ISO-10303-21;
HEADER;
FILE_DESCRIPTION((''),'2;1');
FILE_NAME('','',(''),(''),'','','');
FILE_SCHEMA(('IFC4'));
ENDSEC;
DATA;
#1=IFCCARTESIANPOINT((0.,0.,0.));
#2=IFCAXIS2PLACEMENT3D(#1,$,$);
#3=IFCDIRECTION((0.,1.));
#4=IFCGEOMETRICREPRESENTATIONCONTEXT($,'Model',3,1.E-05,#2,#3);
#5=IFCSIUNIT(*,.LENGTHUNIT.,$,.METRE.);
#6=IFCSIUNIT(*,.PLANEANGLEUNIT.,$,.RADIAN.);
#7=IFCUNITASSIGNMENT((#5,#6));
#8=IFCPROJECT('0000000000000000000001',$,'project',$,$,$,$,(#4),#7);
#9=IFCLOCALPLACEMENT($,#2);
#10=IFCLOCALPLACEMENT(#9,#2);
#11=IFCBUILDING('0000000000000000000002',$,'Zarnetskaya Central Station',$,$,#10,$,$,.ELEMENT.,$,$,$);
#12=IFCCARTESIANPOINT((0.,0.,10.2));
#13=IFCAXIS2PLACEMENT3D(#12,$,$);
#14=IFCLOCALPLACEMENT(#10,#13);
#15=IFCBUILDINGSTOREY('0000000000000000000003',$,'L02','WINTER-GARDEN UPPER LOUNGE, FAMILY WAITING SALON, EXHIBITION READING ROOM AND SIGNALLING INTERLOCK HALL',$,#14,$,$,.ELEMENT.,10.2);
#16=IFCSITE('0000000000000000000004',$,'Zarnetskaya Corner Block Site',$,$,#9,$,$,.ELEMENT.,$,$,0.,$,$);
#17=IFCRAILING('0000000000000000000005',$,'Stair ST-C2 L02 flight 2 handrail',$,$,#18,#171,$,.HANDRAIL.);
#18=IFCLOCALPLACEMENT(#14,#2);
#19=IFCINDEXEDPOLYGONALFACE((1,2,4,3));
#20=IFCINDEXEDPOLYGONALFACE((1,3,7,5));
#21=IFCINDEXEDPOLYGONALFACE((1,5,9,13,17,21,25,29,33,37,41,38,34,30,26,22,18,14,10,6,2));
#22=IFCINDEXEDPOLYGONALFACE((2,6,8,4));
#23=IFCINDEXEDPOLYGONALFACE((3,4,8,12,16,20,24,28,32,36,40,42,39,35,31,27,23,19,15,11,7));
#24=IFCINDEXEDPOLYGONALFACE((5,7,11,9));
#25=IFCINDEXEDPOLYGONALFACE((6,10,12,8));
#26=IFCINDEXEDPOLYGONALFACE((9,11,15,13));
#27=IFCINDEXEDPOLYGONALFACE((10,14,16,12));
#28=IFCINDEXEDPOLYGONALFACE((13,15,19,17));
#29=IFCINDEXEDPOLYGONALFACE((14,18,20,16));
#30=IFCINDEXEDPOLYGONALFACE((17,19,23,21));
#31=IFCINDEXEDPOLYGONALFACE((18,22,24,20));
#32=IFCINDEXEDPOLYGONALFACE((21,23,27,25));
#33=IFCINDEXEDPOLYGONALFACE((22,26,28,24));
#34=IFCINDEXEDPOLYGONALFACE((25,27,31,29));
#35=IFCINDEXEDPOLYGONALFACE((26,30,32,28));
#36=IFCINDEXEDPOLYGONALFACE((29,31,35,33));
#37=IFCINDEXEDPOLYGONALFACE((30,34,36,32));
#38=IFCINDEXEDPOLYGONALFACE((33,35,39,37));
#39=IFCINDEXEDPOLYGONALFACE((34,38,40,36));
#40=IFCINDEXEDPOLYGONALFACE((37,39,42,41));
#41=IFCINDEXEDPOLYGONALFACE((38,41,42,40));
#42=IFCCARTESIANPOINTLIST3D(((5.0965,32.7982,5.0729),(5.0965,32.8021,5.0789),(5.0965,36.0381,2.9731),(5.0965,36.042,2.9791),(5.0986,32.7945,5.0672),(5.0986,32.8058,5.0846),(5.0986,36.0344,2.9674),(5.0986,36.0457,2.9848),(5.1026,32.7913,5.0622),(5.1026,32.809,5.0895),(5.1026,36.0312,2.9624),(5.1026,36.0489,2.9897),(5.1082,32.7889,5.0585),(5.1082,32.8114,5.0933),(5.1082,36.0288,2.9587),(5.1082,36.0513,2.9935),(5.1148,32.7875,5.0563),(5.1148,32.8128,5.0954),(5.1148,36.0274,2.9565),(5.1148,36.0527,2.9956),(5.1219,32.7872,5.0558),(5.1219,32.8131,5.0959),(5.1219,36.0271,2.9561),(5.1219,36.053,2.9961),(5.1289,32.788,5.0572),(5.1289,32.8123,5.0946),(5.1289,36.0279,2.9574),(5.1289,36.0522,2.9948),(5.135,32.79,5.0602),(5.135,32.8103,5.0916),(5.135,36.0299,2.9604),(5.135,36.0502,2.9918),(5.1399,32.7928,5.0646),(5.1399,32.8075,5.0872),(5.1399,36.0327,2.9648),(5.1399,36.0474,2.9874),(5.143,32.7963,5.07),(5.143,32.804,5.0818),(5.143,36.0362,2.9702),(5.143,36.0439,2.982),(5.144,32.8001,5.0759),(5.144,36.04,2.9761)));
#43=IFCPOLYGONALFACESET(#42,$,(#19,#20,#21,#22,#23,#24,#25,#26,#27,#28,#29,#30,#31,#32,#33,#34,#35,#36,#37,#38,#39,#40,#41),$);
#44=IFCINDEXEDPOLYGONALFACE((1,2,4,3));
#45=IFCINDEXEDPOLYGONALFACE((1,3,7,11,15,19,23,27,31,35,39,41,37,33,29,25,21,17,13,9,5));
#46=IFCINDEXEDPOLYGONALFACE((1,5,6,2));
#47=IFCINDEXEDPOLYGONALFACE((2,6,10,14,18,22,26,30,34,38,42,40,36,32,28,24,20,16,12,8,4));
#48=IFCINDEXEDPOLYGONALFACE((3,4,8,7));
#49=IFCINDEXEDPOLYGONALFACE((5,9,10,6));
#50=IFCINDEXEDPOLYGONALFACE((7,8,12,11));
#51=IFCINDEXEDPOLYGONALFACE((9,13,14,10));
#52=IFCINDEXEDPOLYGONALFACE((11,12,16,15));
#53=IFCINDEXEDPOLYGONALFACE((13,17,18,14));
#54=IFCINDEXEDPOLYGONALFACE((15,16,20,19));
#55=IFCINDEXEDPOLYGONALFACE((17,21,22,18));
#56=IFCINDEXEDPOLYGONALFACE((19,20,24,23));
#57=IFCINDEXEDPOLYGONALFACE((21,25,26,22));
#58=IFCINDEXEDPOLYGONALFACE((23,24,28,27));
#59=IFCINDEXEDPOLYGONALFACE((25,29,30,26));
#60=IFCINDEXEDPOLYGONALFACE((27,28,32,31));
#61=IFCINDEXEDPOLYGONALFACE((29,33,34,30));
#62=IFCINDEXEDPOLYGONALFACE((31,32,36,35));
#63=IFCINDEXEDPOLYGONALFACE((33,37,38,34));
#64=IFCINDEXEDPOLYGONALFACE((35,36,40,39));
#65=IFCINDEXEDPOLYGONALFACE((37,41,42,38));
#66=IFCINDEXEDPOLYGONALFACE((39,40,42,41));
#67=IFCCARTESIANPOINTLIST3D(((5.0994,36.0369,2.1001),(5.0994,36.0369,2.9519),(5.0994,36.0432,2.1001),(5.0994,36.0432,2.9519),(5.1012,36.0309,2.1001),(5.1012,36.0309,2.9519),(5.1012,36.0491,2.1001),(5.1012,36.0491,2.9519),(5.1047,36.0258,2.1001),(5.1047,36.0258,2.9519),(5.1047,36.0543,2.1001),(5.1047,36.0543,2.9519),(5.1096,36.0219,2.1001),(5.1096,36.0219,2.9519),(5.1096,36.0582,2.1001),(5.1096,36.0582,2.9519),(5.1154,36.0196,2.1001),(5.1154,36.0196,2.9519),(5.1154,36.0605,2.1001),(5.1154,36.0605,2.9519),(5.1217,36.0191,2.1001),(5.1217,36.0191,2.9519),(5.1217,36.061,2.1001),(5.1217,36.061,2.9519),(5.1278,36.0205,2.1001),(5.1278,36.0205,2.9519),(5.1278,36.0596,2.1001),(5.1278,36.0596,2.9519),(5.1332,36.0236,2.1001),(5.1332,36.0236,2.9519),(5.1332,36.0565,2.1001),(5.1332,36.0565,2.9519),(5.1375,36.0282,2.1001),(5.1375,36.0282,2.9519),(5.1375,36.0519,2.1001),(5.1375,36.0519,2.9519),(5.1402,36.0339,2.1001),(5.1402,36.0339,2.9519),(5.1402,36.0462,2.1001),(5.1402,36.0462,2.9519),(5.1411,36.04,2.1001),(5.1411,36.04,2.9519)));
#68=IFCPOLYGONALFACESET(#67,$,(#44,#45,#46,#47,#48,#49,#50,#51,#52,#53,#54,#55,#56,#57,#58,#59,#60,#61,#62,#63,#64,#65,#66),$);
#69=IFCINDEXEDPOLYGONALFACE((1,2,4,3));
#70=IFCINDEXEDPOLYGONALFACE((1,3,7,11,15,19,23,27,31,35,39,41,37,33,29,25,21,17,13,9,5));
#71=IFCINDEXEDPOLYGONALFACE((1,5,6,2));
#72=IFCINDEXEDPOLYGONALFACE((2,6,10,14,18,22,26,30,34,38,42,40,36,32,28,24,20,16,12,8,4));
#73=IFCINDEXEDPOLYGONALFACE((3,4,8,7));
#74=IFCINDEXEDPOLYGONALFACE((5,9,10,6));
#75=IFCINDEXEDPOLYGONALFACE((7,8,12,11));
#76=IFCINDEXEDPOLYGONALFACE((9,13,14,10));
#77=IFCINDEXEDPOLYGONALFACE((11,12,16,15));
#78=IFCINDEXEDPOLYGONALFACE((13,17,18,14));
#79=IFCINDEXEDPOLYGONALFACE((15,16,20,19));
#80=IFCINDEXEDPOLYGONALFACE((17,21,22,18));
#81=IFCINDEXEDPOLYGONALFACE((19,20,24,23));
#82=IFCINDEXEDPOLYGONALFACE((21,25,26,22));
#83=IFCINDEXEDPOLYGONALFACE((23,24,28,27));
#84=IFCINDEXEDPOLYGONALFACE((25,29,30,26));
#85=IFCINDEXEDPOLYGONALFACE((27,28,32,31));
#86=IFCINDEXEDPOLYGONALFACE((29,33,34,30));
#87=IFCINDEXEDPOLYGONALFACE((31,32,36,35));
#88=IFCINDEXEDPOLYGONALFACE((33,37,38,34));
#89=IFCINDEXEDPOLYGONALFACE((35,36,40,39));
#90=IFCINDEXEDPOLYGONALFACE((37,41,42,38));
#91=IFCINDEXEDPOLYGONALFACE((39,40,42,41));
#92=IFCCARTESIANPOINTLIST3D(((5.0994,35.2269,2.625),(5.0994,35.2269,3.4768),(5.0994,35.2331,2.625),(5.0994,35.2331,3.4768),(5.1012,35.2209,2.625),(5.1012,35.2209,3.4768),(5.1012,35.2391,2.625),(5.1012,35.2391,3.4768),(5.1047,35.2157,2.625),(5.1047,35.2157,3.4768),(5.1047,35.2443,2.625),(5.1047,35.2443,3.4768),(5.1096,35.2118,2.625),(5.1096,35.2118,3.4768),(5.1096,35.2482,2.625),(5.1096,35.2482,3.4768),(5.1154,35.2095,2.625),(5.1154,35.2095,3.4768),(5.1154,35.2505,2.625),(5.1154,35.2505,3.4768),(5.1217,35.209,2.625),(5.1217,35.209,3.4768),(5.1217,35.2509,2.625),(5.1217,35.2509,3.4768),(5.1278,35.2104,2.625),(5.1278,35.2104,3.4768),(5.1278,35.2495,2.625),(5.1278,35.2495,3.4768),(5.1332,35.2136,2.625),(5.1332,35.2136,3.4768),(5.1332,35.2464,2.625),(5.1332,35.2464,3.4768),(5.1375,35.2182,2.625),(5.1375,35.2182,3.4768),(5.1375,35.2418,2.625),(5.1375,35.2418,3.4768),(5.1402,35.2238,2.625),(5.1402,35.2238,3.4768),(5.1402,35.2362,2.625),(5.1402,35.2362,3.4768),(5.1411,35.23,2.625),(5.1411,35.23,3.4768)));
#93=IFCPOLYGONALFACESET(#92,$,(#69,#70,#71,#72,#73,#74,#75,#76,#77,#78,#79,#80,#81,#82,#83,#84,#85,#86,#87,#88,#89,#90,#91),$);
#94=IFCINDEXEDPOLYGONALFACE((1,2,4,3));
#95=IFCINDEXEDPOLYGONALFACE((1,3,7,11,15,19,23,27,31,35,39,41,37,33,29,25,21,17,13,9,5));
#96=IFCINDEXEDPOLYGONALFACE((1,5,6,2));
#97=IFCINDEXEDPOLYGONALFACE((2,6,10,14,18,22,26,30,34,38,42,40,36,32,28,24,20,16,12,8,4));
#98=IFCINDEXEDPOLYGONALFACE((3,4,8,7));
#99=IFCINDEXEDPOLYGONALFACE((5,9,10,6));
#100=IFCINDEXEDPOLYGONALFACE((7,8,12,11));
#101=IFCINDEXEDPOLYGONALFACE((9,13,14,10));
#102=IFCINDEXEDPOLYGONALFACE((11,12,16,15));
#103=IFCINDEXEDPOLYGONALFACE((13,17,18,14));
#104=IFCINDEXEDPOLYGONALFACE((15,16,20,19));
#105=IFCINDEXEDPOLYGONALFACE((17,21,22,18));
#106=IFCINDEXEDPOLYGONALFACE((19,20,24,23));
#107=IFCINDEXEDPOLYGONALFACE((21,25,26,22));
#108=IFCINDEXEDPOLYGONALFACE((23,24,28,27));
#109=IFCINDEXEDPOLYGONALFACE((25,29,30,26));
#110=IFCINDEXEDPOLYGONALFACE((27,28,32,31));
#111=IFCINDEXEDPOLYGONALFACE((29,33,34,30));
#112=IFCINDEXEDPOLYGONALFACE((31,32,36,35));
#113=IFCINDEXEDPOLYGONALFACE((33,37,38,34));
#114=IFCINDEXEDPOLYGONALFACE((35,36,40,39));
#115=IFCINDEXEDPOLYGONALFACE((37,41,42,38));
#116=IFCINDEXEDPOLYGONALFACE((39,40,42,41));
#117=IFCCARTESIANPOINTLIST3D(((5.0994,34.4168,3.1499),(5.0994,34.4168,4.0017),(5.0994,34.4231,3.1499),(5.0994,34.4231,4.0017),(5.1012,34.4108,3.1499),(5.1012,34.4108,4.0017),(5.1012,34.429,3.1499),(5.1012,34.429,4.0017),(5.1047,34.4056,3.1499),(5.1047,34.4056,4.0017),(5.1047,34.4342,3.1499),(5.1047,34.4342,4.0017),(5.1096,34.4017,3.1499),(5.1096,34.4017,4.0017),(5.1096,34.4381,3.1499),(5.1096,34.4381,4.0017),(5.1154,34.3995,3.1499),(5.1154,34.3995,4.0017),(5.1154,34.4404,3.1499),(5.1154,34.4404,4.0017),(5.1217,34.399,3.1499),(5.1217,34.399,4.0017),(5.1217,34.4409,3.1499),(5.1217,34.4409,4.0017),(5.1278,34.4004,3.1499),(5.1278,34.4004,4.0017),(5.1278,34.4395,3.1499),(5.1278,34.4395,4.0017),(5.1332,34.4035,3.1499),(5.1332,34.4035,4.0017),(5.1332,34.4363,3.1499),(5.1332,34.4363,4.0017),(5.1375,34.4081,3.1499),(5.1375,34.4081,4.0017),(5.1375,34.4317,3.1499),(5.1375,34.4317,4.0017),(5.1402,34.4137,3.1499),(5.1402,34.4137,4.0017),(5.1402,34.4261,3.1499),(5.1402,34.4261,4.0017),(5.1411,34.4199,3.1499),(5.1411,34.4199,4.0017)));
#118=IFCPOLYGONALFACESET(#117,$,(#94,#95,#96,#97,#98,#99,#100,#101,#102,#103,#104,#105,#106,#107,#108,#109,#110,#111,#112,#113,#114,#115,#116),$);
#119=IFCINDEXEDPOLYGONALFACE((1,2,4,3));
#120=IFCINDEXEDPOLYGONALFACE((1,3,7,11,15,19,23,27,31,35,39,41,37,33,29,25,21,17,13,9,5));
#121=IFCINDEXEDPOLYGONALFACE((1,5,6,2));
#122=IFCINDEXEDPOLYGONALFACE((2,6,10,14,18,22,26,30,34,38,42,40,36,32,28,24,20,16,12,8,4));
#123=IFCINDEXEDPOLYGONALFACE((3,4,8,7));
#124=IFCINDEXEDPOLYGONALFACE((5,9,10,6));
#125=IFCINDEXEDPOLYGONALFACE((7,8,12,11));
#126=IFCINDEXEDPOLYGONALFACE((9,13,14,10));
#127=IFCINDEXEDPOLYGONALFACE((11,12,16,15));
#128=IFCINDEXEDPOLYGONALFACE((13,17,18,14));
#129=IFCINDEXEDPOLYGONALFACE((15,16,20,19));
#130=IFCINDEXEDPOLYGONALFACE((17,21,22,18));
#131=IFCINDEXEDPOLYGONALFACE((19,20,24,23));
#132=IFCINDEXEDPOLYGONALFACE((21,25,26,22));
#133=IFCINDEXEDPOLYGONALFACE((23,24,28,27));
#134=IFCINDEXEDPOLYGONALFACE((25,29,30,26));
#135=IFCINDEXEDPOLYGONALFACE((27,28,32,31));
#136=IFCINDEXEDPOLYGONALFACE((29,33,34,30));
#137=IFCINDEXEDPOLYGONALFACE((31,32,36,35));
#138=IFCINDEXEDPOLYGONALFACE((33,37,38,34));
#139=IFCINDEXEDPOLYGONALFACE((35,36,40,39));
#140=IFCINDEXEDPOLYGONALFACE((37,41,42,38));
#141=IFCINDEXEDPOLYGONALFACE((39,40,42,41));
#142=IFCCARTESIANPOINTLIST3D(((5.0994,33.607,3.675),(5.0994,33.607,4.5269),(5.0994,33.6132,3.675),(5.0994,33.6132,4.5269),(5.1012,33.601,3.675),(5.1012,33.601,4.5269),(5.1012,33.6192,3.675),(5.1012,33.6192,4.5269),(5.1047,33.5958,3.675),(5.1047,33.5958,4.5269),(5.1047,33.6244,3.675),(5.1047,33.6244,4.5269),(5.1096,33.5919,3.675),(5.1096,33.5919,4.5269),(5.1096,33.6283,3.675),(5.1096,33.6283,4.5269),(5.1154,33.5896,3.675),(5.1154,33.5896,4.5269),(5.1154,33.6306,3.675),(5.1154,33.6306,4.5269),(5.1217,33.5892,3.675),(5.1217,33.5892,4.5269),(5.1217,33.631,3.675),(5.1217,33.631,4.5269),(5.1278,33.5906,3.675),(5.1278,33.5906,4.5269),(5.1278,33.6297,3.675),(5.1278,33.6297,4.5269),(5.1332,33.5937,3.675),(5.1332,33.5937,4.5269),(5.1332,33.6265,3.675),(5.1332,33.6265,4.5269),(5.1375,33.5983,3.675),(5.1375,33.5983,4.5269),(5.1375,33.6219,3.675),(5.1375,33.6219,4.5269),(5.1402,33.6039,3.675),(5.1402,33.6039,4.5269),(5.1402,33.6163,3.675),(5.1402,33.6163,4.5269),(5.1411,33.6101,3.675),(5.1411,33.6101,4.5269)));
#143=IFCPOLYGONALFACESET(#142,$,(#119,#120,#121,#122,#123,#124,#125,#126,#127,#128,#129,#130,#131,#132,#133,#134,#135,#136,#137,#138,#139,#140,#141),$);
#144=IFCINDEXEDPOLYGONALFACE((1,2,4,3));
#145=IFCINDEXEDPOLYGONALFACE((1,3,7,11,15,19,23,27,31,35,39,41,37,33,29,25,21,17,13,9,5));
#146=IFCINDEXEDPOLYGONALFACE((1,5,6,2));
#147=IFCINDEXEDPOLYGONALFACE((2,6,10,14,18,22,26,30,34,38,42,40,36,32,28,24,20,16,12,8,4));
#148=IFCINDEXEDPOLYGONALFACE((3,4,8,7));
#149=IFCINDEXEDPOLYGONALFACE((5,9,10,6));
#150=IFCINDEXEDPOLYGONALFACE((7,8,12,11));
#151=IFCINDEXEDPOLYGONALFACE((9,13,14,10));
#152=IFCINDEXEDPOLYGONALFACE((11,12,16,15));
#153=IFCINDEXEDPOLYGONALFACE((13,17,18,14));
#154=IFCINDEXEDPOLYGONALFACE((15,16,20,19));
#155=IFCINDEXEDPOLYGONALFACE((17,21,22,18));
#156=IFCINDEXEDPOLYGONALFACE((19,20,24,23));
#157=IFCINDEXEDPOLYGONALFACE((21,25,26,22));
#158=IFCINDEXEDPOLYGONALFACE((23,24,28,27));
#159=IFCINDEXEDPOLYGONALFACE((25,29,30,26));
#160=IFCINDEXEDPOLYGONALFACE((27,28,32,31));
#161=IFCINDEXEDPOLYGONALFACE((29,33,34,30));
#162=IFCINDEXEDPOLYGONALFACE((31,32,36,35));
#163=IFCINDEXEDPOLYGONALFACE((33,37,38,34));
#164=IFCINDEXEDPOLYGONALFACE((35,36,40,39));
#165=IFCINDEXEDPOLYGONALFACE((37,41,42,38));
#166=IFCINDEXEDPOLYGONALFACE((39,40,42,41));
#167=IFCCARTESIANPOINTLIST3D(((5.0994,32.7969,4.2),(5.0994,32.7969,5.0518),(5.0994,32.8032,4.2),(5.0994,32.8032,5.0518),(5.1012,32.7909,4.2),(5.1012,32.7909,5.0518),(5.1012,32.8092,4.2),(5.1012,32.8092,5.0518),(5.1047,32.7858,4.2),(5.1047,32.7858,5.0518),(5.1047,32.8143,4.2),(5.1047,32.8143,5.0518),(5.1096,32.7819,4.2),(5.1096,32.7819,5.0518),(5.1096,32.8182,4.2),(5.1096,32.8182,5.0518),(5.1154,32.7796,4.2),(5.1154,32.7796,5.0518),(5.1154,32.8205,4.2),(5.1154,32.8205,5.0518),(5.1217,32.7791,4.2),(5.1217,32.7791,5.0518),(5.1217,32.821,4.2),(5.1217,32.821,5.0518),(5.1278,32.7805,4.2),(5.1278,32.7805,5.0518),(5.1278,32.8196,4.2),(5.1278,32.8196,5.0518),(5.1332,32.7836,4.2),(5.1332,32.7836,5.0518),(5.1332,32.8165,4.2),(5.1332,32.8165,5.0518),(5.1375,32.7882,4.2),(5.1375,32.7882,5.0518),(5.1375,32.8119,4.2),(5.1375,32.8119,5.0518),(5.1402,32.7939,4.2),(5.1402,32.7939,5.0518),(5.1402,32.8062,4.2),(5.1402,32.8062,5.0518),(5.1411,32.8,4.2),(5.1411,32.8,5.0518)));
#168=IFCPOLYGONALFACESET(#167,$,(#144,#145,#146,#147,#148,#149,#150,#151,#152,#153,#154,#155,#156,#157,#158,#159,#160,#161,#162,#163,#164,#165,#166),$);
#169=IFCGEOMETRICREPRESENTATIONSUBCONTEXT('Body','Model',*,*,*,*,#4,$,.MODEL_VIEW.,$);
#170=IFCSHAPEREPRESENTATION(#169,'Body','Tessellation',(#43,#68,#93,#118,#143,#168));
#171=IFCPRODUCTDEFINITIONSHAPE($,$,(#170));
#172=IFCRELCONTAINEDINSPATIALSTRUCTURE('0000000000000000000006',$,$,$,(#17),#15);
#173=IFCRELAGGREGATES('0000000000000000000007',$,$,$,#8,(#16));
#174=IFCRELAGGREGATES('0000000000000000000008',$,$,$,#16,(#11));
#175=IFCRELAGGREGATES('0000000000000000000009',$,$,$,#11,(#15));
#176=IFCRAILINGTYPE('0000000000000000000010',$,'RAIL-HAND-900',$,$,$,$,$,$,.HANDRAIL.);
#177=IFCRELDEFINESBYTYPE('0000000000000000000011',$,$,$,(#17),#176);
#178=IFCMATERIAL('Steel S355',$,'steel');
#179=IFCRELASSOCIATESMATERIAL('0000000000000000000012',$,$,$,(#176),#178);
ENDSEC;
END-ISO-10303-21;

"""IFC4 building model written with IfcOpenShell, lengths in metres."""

from ifc_helpers import new_model, si_unit, direction, frame, origin, origin_2d, place, context, subcontext, project, spatial, circle, extrude, material, type_object, element, save


model = new_model("IFC4")

# Units and contexts
model_context = context("Model", 3, precision=1e-05, world=origin(), true_north=direction((0.0, 1.0)))
body_context = subcontext(model_context, "Body", "Model", "MODEL_VIEW")
ifc_project = project(units=[si_unit("LENGTHUNIT", "METRE"), si_unit("PLANEANGLEUNIT", "RADIAN")], contexts=[model_context])

# Site, building, storey
site_placement = place(None, origin())
site = spatial("IfcSite", under=ifc_project, at=site_placement, Name="Zarnetskaya Corner Block Site", CompositionType="ELEMENT", RefElevation=0.0)
building_placement = place(site_placement, origin())
building = spatial("IfcBuilding", under=site, at=building_placement, Name="Zarnetskaya Central Station", CompositionType="ELEMENT")
storey_placement = place(building_placement, frame((0.0, 0.0, 10.2)))
storey = spatial("IfcBuildingStorey", under=building, at=storey_placement, Name="L02", Description="WINTER-GARDEN UPPER LOUNGE, FAMILY WAITING SALON, EXHIBITION READING ROOM AND SIGNALLING INTERLOCK HALL", CompositionType="ELEMENT", Elevation=10.2)

# Shared definitions
ifc_material_1 = material(Name="Steel S355", Category="steel")

# Railing
railing_type_1 = type_object("IfcRailingType", Name="RAIL-HAND-900", PredefinedType="HANDRAIL", material=ifc_material_1)
railing_1_placement = place(storey_placement, frame((5.1201, 36.04, 2.1001)))
element("IfcRailing", 1, at=railing_1_placement, inside=storey, type_object=railing_type_1, Name="Stair ST-C2 L02 flight 2 handrail", PredefinedType="HANDRAIL", context=body_context, shape_type="SweptSolid", body=[
    extrude(circle(Radius=0.0239, at=origin_2d()), frame((0.0, 0.0, 0.876), z_axis=(0.0, -0.83917, 0.54387), x_axis=(1.0, 0.0, 0.0)), (0.0, 0.0, 1.0), 3.8608),
    extrude(circle(Radius=0.021, at=origin_2d()), origin(), (0.0, 0.0, 1.0), 0.8518),
    extrude(circle(Radius=0.021, at=origin_2d()), frame((0.0, -0.8101, 0.5249)), (0.0, 0.0, 1.0), 0.8518),
    extrude(circle(Radius=0.021, at=origin_2d()), frame((0.0, -1.6201, 1.0498)), (0.0, 0.0, 1.0), 0.8518),
    extrude(circle(Radius=0.021, at=origin_2d()), frame((0.0, -2.4299, 1.575)), (0.0, 0.0, 1.0), 0.8518),
    extrude(circle(Radius=0.021, at=origin_2d()), frame((0.0, -3.24, 2.0999)), (0.0, 0.0, 1.0), 0.8518),
])

save(model, "model.ifc")
